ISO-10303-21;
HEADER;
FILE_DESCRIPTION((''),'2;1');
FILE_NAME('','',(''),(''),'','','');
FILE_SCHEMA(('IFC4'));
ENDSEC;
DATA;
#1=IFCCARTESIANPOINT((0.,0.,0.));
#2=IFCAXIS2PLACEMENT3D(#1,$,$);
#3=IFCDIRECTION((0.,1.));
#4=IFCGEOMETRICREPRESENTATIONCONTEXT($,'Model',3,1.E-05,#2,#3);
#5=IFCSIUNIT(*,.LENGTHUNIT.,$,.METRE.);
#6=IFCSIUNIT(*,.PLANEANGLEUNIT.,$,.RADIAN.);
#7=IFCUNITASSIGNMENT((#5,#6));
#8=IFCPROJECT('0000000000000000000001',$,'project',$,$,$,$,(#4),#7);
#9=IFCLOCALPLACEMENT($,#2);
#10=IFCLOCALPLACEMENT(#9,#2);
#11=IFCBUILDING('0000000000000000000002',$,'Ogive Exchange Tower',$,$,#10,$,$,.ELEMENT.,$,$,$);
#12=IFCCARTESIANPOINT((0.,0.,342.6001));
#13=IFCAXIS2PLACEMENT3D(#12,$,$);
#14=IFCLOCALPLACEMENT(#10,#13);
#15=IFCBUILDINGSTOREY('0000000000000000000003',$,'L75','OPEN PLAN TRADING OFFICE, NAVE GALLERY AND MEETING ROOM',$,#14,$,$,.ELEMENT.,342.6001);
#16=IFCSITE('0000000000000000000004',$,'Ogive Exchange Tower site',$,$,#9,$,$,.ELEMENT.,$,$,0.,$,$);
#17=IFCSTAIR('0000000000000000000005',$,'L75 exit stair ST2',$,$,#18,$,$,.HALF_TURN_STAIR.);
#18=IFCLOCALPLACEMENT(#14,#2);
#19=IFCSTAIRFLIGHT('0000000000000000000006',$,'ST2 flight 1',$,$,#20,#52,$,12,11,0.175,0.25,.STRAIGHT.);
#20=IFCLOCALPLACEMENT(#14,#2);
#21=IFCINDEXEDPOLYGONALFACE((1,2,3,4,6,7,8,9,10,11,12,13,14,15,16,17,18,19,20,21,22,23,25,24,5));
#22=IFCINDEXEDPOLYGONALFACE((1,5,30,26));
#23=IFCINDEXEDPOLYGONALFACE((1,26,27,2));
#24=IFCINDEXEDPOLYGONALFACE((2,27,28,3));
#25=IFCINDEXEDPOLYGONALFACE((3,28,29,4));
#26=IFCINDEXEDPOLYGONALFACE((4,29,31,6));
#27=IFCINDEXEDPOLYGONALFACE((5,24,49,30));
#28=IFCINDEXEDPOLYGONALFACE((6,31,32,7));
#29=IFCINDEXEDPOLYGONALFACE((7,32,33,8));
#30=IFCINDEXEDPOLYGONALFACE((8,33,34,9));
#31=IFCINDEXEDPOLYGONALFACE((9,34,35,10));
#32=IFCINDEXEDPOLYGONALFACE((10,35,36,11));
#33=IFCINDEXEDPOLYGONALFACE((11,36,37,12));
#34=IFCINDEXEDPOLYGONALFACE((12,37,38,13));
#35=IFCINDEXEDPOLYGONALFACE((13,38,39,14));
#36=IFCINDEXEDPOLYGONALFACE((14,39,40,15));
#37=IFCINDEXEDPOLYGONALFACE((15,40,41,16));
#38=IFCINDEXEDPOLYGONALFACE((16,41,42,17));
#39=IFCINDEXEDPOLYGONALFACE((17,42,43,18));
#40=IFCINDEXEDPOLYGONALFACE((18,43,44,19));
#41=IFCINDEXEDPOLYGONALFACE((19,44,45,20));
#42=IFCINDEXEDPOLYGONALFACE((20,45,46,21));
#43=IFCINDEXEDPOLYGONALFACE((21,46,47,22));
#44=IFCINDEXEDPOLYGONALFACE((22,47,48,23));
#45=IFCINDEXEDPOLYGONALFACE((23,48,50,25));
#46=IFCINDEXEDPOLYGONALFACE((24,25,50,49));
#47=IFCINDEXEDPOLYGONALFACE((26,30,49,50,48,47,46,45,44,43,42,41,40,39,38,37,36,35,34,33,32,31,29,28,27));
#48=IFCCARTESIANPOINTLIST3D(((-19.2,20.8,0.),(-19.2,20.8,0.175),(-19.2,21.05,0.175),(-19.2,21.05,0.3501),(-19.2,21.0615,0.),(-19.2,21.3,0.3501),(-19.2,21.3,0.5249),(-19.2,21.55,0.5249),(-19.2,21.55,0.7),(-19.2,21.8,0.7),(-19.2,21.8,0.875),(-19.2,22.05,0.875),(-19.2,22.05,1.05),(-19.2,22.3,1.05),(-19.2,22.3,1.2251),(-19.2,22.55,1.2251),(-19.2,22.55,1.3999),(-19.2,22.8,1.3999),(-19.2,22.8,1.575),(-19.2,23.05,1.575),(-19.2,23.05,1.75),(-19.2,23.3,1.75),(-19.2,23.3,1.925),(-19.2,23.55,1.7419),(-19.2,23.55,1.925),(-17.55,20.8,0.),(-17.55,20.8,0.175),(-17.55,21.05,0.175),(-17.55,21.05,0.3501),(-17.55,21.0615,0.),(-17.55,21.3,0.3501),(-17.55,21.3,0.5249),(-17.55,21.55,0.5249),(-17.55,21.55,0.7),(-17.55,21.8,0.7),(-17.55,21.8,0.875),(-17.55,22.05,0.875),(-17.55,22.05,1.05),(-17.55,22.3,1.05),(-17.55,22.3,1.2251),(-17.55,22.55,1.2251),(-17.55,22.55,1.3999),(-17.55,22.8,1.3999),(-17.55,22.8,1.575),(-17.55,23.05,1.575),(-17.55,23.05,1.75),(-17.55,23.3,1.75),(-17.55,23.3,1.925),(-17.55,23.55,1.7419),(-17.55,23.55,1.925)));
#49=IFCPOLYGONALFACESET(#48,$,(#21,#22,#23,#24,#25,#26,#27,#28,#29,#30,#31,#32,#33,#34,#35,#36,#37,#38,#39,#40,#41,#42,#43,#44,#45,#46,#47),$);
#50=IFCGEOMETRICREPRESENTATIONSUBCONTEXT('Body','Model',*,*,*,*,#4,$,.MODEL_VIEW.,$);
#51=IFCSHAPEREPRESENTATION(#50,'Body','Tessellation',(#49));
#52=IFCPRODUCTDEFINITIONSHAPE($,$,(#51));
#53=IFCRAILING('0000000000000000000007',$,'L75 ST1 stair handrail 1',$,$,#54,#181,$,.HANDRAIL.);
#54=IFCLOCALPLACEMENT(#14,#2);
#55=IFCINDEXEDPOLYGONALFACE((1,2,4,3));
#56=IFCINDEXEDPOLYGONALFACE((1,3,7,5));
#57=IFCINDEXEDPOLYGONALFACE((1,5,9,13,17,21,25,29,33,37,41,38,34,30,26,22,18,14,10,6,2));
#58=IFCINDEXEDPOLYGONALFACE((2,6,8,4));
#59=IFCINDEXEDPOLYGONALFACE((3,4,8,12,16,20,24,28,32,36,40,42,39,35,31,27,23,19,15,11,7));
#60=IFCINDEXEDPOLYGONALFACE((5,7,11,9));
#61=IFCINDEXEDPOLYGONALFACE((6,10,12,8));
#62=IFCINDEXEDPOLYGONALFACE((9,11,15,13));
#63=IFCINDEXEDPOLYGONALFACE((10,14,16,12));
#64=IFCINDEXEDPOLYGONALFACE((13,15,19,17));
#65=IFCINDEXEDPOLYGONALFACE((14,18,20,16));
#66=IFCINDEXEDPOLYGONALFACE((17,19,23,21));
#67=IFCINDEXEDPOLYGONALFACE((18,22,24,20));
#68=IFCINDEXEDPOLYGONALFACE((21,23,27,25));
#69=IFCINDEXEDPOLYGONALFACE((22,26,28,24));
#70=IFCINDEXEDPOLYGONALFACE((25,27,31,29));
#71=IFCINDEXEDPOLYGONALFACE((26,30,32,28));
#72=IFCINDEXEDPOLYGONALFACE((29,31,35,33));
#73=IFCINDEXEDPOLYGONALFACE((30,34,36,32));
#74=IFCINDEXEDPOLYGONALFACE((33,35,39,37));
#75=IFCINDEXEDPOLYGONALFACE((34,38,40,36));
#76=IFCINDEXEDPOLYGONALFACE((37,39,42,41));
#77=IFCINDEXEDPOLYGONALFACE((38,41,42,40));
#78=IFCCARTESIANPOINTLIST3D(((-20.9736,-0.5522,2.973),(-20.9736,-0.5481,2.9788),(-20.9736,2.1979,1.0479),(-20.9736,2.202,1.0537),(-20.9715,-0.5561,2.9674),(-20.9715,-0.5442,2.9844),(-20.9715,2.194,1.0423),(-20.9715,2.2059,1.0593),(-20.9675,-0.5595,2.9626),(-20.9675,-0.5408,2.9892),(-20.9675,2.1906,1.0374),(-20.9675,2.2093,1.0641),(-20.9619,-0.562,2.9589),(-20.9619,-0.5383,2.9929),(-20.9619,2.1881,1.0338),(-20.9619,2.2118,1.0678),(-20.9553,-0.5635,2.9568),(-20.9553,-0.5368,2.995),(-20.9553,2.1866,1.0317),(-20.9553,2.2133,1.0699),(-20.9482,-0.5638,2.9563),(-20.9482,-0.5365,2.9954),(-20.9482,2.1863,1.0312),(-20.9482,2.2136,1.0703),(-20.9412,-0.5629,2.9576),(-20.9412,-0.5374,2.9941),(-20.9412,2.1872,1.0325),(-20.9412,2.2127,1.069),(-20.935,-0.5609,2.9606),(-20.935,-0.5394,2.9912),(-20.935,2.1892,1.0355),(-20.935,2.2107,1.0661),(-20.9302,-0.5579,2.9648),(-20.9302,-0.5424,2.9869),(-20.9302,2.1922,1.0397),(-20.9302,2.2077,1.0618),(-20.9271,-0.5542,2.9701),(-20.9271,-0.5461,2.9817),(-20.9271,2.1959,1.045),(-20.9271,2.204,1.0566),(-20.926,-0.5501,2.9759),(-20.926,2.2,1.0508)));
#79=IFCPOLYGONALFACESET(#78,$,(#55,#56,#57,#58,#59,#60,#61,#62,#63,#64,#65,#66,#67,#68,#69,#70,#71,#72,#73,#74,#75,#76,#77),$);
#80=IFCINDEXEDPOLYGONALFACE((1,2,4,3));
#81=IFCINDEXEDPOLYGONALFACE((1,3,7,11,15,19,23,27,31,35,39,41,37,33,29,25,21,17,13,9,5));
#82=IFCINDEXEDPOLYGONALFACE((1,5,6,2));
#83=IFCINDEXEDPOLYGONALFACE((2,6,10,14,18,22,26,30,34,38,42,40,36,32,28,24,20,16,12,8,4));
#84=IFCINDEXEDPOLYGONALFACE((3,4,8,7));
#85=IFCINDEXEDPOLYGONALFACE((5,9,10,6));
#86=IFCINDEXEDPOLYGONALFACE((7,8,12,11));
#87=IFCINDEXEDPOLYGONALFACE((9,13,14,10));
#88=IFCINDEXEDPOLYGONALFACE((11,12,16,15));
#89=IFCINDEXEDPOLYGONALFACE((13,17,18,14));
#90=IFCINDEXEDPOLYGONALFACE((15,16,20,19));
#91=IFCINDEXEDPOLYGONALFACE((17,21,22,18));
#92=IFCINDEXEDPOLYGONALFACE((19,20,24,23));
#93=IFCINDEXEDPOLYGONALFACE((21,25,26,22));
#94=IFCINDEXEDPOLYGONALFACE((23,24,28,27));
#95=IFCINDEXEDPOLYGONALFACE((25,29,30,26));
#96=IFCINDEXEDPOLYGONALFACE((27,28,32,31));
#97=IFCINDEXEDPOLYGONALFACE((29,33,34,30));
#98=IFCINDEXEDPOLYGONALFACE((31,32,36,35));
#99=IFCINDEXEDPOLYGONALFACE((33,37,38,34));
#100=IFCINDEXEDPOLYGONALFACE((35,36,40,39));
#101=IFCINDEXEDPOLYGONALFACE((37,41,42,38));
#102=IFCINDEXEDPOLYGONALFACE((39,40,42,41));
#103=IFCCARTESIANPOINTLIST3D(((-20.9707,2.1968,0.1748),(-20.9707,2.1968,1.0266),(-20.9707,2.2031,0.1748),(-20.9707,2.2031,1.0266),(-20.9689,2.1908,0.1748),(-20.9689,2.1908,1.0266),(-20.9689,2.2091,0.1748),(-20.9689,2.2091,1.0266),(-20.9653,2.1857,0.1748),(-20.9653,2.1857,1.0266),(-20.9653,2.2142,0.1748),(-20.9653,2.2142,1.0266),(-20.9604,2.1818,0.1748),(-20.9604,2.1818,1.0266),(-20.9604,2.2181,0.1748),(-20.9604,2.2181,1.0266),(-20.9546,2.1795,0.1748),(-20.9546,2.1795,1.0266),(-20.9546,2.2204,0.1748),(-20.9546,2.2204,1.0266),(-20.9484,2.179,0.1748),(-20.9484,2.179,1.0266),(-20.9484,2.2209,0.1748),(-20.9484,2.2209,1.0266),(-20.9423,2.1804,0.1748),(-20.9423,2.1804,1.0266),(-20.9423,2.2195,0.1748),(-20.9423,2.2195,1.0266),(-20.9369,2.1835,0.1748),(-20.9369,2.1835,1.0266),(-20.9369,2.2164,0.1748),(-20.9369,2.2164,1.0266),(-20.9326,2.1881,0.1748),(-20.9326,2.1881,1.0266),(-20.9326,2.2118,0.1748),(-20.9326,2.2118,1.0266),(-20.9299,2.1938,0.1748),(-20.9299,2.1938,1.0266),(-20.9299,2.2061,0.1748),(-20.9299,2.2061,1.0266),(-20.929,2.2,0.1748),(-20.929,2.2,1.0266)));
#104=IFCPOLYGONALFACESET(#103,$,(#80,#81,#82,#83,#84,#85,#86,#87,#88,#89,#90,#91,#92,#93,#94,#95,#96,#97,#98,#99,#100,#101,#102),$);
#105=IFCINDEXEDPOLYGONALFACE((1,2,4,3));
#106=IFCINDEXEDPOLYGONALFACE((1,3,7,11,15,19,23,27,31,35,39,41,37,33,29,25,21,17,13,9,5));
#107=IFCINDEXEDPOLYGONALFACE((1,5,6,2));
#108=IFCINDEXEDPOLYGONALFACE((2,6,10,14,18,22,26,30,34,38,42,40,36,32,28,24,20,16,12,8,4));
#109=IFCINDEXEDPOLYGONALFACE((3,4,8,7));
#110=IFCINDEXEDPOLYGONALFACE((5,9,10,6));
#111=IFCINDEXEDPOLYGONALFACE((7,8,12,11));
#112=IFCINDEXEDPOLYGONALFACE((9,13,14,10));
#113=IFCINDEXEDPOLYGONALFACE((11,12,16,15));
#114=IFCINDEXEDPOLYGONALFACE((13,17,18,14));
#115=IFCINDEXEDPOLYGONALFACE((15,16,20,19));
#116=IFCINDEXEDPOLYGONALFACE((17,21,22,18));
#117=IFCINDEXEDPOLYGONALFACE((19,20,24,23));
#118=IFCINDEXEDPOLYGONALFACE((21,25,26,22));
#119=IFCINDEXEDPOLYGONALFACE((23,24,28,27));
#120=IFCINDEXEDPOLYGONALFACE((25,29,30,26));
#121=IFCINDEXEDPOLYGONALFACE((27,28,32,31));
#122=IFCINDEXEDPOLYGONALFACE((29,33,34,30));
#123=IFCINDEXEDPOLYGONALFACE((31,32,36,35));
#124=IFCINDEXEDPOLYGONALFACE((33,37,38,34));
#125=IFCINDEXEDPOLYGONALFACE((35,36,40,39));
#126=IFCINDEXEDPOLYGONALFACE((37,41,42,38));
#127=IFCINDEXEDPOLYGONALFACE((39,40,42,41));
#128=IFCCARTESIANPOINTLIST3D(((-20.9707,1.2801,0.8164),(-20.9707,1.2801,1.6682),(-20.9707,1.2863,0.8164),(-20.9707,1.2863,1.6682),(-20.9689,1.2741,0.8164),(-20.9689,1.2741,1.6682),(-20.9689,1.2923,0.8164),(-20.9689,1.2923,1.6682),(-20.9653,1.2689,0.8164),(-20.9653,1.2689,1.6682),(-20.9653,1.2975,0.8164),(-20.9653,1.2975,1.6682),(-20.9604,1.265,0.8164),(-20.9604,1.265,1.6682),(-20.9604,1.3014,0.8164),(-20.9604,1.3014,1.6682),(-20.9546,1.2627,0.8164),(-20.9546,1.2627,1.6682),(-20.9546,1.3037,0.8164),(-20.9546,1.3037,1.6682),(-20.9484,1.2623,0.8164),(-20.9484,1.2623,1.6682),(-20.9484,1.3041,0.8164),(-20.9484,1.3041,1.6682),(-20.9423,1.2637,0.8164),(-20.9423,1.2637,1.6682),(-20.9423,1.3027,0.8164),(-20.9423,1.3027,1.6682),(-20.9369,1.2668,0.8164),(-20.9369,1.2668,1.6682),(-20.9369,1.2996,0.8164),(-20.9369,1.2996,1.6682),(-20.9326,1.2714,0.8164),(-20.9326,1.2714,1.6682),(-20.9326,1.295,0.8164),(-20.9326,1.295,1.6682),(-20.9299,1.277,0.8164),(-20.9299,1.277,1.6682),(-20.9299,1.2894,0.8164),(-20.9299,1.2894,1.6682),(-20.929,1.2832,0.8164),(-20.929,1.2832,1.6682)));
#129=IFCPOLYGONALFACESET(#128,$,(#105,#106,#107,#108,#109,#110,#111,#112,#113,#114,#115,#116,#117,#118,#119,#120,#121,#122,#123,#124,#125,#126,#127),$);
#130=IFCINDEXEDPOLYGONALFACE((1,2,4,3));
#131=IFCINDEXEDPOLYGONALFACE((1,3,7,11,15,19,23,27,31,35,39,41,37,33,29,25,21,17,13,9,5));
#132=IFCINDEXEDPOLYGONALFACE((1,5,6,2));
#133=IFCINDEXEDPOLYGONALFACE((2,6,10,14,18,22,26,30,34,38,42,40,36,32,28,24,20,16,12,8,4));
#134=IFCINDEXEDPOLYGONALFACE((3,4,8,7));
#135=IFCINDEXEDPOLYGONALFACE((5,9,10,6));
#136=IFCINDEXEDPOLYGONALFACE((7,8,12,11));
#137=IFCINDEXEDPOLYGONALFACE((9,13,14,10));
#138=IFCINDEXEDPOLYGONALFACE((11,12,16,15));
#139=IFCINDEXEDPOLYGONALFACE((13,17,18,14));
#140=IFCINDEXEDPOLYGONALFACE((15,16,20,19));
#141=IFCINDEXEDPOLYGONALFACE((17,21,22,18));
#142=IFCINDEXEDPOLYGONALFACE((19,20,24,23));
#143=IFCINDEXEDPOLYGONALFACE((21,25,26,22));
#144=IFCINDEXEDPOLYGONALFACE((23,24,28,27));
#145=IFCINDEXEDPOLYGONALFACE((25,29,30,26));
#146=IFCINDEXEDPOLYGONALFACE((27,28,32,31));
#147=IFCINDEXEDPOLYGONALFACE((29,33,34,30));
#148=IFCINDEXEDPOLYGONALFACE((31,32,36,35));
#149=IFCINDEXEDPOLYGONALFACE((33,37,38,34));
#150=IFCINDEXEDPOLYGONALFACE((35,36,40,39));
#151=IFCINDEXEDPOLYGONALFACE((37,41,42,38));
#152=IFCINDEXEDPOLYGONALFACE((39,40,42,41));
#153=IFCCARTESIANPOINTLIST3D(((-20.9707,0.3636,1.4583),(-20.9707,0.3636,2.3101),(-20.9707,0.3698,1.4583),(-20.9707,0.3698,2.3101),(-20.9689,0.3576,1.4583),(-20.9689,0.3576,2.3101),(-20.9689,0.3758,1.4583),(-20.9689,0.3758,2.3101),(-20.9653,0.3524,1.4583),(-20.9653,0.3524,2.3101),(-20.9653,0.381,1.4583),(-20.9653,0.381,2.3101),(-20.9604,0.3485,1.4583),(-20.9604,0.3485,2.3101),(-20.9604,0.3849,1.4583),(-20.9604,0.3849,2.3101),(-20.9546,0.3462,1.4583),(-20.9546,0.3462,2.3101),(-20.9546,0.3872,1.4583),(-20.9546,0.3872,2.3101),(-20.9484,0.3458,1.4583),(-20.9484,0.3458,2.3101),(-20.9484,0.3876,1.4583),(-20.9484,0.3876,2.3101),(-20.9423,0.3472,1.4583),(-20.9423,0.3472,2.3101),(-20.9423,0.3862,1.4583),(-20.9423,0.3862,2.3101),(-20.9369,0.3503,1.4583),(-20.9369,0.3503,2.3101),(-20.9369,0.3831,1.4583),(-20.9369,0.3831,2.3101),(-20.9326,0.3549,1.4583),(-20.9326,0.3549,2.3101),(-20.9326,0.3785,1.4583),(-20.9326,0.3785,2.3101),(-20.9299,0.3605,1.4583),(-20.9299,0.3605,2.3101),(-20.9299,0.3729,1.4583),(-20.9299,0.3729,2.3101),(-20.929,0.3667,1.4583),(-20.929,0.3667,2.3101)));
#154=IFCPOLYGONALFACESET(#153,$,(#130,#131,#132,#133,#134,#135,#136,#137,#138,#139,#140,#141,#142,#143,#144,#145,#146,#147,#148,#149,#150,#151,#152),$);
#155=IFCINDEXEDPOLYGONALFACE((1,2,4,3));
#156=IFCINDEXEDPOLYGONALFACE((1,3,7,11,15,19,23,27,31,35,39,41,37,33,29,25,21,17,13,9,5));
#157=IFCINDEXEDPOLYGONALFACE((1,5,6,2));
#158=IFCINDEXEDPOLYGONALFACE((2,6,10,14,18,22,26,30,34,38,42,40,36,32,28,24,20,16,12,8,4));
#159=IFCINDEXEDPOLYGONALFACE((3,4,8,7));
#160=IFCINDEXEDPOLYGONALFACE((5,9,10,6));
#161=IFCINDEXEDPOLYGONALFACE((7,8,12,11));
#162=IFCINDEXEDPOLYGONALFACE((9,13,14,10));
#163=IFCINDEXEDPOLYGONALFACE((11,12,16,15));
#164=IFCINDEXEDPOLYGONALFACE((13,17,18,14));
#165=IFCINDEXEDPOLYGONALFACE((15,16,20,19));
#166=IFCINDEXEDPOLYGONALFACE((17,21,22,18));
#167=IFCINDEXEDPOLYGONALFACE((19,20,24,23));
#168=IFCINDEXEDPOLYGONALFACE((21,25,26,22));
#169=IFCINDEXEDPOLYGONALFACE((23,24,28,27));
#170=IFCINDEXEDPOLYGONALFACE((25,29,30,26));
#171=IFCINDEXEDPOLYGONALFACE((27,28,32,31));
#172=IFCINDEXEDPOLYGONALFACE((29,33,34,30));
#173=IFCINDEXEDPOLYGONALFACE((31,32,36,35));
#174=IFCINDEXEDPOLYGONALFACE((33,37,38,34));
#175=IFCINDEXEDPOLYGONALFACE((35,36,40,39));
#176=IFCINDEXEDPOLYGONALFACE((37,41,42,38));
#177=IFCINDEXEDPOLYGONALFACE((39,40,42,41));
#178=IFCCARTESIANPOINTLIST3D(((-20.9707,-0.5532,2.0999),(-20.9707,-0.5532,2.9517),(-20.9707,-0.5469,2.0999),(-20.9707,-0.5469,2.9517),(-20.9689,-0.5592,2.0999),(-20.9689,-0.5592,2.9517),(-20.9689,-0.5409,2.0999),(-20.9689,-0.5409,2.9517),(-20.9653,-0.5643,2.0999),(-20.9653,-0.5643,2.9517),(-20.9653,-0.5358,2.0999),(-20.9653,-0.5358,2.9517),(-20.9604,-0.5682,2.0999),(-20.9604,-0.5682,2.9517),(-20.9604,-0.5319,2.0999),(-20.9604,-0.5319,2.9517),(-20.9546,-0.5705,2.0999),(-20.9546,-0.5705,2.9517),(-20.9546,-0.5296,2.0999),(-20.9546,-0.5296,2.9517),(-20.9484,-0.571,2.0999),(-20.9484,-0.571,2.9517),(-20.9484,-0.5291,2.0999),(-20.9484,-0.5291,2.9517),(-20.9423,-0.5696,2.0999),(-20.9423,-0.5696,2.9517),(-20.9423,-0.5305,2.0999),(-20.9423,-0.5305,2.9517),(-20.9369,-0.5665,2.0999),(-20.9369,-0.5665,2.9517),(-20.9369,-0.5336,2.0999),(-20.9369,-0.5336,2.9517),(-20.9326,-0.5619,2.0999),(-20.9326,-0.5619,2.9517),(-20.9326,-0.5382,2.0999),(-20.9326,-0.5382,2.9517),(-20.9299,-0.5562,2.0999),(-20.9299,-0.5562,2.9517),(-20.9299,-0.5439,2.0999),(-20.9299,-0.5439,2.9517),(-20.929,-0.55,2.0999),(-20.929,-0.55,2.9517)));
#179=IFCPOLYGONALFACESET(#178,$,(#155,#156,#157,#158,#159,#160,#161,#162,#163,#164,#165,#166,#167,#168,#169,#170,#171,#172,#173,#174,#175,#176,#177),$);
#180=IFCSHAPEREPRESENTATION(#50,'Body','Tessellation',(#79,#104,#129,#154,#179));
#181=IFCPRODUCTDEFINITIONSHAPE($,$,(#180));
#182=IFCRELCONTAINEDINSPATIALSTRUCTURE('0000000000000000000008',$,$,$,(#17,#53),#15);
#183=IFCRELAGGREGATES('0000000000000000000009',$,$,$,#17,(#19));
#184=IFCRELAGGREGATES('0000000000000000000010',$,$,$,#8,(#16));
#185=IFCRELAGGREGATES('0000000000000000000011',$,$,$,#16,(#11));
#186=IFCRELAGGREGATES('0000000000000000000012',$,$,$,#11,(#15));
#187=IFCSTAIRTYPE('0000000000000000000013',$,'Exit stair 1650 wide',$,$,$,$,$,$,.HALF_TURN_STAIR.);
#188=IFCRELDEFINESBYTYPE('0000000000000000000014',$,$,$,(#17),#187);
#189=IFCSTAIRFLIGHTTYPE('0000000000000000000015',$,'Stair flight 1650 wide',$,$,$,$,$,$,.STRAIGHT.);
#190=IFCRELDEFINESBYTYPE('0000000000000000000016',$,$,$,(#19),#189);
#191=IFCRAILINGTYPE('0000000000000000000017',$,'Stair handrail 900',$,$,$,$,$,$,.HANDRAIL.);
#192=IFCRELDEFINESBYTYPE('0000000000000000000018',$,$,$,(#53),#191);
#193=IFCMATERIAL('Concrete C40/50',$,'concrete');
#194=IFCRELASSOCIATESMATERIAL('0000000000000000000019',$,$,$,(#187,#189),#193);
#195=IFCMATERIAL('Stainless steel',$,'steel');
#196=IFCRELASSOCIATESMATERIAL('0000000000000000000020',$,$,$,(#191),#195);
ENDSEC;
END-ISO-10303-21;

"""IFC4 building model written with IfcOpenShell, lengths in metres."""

from ifc_helpers import new_model, si_unit, direction, frame, origin, origin_2d, place, context, subcontext, project, spatial, polyline, circle, outline, extrude, material, type_object, element, aggregate, save


model = new_model("IFC4")

# Units and contexts
model_context = context("Model", 3, precision=1e-05, world=origin(), true_north=direction((0.0, 1.0)))
body_context = subcontext(model_context, "Body", "Model", "MODEL_VIEW")
ifc_project = project(units=[si_unit("LENGTHUNIT", "METRE"), si_unit("PLANEANGLEUNIT", "RADIAN")], contexts=[model_context])

# Site, building, storey
site_placement = place(None, origin())
site = spatial("IfcSite", under=ifc_project, at=site_placement, Name="Ogive Exchange Tower site", CompositionType="ELEMENT", RefElevation=0.0)
building_placement = place(site_placement, origin())
building = spatial("IfcBuilding", under=site, at=building_placement, Name="Ogive Exchange Tower", CompositionType="ELEMENT")
storey_placement = place(building_placement, frame((0.0, 0.0, 342.6001)))
storey = spatial("IfcBuildingStorey", under=building, at=storey_placement, Name="L75", Description="OPEN PLAN TRADING OFFICE, NAVE GALLERY AND MEETING ROOM", CompositionType="ELEMENT", Elevation=342.6001)

# Shared definitions
ifc_material_1 = material(Name="Stainless steel", Category="steel")

# Stair, stair flight
ifc_material_2 = material(Name="Concrete C40/50", Category="concrete")
stair_type = type_object("IfcStairType", Name="Exit stair 1650 wide", PredefinedType="HALF_TURN_STAIR", material=ifc_material_2)
stair_flight_type = type_object("IfcStairFlightType", Name="Stair flight 1650 wide", PredefinedType="STRAIGHT", material=ifc_material_2)
stair_1_placement = place(storey_placement, origin())
stair_1 = element("IfcStair", 1, at=stair_1_placement, inside=storey, type_object=stair_type, Name="L75 exit stair ST2", PredefinedType="HALF_TURN_STAIR")
stair_flight_1_placement = place(storey_placement, frame((-18.375, 20.8, 0.0), z_axis=(0.0, 0.0, 1.0), x_axis=(0.0, 1.0, 0.0)))
stair_flight_1 = element("IfcStairFlight", 2, at=stair_flight_1_placement, type_object=stair_flight_type, Name="ST2 flight 1", NumberOfRisers=12, NumberOfTreads=11, PredefinedType="STRAIGHT", RiserHeight=0.175, TreadLength=0.25, context=body_context, shape_type="SweptSolid", body=[
    extrude(outline(polyline([(0.0, 0.0), (0.0, 0.175), (0.25, 0.175), (0.25, 0.3501), (0.5, 0.3501), (0.5, 0.5249), (0.75, 0.5249), (0.75, 0.7), (1.0, 0.7), (1.0, 0.875), (1.25, 0.875), (1.25, 1.05), (1.5, 1.05), (1.5, 1.2251), (1.75, 1.2251), (1.75, 1.3999), (2.0, 1.3999), (2.0, 1.575), (2.25, 1.575), (2.25, 1.75), (2.5, 1.75), (2.5, 1.925), (2.75, 1.925), (2.75, 2.1001), (2.75, 1.7419), (0.2615, 0.0), (0.0, 0.0)])), frame((0.0, 0.825, 0.0), z_axis=(0.0, -1.0, 0.0), x_axis=(1.0, 0.0, 0.0)), (0.0, 0.0, 1.0), 1.6499),
])
aggregate(stair_1, [stair_flight_1])

# Railing
railing_type = type_object("IfcRailingType", Name="Stair handrail 900", PredefinedType="HANDRAIL", material=ifc_material_1)
railing_placement = place(storey_placement, frame((-20.95, 2.2, 0.1748)))
element("IfcRailing", 3, at=railing_placement, inside=storey, type_object=railing_type, Name="L75 ST1 stair handrail 1", PredefinedType="HANDRAIL", context=body_context, shape_type="SweptSolid", body=[
    extrude(circle(Radius=0.0239, at=origin_2d()), frame((0.0, 0.0, 0.876), z_axis=(0.0, -0.819225, 0.573472), x_axis=(1.0, 0.0, 0.0)), (0.0, 0.0, 1.0), 3.3569),
    extrude(circle(Radius=0.021, at=origin_2d()), origin(), (0.0, 0.0, 1.0), 0.8518),
    extrude(circle(Radius=0.021, at=origin_2d()), frame((0.0, -0.9167, 0.6416)), (0.0, 0.0, 1.0), 0.8518),
    extrude(circle(Radius=0.021, at=origin_2d()), frame((0.0, -1.8333, 1.2834)), (0.0, 0.0, 1.0), 0.8518),
    extrude(circle(Radius=0.021, at=origin_2d()), frame((0.0, -2.75, 1.925)), (0.0, 0.0, 1.0), 0.8518),
])

save(model, "model.ifc")
